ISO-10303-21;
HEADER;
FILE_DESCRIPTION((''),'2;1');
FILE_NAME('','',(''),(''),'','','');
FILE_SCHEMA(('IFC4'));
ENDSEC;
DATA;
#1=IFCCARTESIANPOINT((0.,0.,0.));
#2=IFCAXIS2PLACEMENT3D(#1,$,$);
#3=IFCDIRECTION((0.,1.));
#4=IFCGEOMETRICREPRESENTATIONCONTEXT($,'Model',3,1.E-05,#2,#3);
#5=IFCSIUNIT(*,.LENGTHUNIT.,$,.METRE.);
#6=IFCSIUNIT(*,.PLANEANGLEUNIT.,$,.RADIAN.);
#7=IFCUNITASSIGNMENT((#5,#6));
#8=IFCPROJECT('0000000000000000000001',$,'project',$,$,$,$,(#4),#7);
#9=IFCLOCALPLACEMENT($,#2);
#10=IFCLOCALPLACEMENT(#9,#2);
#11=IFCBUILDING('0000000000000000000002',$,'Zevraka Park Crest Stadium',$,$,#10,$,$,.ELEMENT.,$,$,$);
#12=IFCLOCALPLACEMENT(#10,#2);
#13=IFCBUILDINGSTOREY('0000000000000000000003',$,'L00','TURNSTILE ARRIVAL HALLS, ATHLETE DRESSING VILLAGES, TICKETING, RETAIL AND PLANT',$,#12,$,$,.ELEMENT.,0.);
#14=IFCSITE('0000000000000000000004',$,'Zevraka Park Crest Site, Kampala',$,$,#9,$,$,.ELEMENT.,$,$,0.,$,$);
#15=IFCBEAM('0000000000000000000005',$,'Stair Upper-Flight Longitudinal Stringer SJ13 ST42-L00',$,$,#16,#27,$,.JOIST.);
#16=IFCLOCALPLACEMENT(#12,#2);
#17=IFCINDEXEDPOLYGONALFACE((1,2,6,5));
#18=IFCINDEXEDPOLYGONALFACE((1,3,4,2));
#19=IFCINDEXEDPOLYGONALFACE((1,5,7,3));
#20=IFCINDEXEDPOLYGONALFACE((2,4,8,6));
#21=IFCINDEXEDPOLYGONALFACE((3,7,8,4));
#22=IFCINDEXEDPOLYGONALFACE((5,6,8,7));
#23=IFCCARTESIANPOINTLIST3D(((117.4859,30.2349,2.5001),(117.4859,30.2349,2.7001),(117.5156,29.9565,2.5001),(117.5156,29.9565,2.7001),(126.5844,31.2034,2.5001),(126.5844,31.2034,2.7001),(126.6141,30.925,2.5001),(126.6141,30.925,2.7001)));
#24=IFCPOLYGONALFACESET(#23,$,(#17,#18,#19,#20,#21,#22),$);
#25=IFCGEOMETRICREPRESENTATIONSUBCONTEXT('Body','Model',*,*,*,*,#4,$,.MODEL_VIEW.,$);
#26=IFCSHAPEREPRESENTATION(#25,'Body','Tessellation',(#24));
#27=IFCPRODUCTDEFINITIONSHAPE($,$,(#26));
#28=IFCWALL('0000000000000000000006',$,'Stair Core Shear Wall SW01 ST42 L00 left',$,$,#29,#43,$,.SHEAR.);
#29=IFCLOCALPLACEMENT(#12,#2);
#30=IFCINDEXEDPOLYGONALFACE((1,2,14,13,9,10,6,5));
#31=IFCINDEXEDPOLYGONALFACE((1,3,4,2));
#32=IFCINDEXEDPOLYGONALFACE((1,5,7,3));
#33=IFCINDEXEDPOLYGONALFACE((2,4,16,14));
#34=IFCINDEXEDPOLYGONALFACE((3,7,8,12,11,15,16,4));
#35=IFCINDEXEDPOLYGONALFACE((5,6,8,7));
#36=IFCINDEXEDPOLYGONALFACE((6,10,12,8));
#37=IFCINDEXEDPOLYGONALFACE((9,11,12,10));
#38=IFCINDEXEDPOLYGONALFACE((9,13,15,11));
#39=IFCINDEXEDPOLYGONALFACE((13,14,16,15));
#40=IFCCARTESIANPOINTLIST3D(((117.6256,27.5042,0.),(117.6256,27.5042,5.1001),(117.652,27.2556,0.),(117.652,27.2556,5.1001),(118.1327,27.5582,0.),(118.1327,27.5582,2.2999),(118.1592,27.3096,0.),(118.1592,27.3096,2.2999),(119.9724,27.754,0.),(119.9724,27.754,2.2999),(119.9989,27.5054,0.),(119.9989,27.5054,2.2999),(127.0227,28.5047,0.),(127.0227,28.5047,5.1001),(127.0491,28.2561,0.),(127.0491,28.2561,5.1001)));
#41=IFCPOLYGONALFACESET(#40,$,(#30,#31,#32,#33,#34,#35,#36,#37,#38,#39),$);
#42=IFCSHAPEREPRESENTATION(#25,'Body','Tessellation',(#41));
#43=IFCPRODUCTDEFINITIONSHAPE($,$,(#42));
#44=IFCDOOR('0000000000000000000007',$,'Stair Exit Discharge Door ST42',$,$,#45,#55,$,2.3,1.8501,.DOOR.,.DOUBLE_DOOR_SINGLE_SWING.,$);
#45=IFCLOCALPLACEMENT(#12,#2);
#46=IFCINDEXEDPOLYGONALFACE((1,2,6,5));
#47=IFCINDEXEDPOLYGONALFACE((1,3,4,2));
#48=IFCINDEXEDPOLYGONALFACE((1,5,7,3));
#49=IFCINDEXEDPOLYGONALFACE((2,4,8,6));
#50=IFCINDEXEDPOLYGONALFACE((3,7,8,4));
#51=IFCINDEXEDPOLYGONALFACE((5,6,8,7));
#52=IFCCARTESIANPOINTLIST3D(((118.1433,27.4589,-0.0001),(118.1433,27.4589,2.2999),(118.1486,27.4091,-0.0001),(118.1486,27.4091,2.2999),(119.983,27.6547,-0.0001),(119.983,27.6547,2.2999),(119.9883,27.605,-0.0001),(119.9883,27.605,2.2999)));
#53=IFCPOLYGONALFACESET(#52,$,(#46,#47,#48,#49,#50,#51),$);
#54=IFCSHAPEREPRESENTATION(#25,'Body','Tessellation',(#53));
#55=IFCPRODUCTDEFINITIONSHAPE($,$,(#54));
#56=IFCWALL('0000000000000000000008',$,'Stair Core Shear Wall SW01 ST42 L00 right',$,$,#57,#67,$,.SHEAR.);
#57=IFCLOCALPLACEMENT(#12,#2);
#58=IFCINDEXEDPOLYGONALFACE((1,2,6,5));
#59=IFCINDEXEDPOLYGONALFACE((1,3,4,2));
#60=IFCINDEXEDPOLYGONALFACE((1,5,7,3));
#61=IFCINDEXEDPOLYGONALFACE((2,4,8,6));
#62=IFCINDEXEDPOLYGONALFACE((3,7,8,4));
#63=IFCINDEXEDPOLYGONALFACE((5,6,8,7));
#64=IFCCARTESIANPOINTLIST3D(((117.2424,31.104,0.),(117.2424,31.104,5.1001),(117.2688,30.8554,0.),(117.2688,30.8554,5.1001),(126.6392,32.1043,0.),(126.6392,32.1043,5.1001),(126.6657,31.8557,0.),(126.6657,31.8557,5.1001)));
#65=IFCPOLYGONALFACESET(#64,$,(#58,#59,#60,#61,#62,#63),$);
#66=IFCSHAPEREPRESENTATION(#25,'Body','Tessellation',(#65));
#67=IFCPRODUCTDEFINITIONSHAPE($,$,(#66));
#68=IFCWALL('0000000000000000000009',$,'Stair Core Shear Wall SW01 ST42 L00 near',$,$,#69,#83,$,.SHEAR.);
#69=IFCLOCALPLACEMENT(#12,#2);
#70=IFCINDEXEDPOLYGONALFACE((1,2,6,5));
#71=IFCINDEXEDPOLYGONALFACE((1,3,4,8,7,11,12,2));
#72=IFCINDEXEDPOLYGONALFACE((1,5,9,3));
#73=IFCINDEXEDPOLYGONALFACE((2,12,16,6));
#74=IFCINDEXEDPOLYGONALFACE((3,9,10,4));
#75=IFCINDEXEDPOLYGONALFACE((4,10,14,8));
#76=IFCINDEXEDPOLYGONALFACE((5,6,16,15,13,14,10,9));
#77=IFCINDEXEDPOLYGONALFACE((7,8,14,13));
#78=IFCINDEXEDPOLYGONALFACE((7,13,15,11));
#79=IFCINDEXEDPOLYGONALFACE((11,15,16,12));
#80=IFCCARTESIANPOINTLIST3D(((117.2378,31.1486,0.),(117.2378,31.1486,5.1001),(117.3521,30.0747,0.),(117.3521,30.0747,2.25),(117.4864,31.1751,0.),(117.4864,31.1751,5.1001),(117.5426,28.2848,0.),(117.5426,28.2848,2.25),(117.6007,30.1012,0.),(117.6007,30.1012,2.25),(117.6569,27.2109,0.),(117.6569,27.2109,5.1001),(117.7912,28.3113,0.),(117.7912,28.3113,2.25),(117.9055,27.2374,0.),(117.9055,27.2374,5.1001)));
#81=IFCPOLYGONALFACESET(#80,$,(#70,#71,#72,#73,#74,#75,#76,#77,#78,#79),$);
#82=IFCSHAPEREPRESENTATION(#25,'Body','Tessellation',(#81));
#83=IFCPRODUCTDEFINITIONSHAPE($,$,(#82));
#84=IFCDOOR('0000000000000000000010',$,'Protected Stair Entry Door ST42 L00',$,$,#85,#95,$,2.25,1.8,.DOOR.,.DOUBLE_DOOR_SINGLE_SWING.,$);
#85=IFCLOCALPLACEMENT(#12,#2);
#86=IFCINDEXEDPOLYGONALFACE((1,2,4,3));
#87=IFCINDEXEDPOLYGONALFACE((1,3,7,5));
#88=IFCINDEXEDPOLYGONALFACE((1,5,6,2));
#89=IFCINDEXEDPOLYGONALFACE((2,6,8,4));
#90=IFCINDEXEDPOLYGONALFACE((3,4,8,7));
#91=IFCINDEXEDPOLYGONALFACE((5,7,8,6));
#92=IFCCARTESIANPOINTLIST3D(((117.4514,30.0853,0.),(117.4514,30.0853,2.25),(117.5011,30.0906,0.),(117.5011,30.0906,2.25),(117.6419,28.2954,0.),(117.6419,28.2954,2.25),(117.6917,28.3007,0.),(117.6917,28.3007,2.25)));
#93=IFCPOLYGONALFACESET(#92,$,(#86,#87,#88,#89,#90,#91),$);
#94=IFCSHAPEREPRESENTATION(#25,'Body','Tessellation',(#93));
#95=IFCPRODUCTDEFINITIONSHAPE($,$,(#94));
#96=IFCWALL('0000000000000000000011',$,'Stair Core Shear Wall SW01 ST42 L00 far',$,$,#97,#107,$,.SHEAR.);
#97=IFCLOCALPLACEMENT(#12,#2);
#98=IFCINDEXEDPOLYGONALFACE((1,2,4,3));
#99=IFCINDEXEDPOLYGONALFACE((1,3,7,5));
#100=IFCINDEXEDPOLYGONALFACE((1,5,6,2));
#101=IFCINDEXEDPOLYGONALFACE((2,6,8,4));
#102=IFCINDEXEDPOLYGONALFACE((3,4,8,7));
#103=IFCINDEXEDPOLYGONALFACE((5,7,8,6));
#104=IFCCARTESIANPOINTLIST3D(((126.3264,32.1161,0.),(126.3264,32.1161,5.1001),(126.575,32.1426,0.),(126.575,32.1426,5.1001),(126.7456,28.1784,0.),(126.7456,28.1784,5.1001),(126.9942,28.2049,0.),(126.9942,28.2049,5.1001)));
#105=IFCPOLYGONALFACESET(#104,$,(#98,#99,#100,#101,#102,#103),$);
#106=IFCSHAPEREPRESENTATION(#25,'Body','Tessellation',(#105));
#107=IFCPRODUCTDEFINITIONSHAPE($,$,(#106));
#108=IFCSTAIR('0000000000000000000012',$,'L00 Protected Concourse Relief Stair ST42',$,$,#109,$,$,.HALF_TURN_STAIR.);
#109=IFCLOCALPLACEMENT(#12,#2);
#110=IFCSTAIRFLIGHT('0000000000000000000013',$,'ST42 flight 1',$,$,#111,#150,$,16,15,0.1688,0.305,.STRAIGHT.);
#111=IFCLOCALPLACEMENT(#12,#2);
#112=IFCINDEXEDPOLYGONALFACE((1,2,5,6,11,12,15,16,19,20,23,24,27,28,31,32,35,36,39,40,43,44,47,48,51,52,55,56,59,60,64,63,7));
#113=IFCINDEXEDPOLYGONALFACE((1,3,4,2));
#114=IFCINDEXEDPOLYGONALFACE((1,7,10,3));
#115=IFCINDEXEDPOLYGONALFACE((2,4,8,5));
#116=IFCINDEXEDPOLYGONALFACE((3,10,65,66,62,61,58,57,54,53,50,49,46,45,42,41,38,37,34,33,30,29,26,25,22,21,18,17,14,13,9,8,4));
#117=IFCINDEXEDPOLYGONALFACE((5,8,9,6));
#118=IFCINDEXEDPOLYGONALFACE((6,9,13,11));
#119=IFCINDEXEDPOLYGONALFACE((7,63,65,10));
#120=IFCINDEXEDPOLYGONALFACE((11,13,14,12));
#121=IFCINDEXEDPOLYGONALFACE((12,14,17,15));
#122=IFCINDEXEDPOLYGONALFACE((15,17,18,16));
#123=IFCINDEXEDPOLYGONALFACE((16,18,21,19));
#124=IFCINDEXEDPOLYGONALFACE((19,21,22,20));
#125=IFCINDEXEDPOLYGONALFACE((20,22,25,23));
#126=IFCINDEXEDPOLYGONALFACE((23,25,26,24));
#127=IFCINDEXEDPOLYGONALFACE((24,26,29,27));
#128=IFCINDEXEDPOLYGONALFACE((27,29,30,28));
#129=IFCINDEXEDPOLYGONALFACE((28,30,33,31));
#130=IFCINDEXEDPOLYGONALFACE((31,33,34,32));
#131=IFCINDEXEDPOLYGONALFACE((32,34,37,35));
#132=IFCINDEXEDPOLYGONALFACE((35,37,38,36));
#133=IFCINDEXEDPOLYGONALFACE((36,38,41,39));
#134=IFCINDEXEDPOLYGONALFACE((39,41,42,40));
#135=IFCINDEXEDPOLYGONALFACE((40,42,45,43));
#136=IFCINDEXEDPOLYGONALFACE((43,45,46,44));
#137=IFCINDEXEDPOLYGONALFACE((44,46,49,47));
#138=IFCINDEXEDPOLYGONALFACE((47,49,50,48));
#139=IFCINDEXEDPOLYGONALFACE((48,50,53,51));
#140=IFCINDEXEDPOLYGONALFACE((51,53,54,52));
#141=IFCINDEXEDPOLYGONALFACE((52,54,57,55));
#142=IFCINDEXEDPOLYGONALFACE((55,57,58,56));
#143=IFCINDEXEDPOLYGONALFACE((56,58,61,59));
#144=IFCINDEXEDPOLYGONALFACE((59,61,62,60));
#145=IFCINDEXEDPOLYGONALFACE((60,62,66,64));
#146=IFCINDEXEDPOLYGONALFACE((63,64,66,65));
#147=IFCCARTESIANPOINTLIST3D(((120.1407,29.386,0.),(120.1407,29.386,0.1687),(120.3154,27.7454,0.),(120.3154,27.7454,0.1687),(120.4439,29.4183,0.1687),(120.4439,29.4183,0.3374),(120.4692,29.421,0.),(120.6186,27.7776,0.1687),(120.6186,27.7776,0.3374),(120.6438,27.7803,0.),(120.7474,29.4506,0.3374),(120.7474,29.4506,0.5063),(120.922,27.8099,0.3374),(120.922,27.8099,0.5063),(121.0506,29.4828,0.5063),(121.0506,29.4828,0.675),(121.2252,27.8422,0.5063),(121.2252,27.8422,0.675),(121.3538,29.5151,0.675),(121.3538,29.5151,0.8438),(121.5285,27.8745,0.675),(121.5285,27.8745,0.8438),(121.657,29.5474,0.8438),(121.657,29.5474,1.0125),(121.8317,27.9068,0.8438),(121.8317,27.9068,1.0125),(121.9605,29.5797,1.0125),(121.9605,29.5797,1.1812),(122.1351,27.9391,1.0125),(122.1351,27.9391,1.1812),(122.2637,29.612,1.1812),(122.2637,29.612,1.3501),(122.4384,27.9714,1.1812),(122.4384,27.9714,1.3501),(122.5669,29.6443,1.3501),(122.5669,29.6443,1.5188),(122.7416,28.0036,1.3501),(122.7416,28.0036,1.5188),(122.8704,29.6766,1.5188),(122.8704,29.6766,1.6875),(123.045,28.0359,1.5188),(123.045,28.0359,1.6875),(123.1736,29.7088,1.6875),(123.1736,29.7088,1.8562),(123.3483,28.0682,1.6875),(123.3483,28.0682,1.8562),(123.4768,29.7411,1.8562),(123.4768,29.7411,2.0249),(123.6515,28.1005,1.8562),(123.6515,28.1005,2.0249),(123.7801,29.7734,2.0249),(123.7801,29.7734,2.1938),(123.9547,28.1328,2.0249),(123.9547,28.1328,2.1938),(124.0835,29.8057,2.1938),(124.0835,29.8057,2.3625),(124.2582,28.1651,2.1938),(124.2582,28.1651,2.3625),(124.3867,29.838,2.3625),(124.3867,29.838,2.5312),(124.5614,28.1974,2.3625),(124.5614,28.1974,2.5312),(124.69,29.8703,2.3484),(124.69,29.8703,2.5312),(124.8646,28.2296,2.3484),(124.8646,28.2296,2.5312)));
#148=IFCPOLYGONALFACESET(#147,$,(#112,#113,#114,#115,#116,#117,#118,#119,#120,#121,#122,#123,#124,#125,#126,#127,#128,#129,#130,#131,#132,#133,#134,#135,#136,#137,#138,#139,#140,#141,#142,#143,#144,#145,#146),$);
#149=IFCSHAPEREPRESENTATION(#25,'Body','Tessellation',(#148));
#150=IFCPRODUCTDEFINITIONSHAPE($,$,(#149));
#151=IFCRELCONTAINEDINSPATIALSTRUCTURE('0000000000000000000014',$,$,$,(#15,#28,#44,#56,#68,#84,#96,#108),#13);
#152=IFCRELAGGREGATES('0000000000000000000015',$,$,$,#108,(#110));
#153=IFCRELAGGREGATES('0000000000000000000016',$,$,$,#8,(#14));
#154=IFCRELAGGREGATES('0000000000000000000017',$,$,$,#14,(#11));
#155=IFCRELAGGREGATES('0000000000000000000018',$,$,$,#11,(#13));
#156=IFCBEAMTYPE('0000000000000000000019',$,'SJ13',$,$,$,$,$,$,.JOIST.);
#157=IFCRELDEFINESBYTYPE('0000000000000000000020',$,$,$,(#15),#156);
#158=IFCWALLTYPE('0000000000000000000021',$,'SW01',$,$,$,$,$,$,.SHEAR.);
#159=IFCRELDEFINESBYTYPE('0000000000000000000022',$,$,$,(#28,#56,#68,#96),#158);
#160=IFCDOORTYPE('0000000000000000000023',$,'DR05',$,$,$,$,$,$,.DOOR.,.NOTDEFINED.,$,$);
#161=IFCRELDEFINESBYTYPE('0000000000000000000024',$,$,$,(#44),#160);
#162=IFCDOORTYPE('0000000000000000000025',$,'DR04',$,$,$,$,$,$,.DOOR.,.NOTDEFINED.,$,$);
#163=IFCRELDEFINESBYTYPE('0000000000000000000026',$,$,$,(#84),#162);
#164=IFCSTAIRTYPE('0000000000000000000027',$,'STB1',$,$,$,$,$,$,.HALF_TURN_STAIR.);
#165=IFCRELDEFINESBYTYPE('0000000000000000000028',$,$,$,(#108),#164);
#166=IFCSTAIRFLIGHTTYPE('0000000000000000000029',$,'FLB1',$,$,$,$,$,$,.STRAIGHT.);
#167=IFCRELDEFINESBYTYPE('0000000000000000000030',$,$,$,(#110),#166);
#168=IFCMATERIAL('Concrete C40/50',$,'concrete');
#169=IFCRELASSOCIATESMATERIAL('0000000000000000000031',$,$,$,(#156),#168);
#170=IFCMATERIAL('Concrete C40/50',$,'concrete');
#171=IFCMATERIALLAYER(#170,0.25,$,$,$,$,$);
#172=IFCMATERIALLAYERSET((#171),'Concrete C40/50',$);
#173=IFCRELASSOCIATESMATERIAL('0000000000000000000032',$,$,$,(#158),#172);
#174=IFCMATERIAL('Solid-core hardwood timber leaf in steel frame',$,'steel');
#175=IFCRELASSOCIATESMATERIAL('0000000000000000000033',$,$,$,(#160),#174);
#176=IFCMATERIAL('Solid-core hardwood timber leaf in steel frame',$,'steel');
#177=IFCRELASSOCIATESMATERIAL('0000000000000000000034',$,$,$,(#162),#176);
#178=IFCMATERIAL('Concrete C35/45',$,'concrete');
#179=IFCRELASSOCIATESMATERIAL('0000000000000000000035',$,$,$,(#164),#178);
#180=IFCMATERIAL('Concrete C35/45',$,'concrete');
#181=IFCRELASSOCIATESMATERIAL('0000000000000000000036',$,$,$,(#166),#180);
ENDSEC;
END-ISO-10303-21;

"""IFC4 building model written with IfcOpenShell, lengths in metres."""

from ifc_helpers import new_model, si_unit, direction, frame, frame_2d, origin, origin_2d, place, context, subcontext, project, spatial, polyline, rectangle, outline, extrude, material, layer, layer_set, material_profile, profile_set, type_object, element, fill, aggregate, save


model = new_model("IFC4")

# Units and contexts
model_context = context("Model", 3, precision=1e-05, world=origin(), true_north=direction((0.0, 1.0)))
body_context = subcontext(model_context, "Body", "Model", "MODEL_VIEW")
ifc_project = project(units=[si_unit("LENGTHUNIT", "METRE"), si_unit("PLANEANGLEUNIT", "RADIAN")], contexts=[model_context])

# Site, building, storey
site_placement = place(None, origin())
site = spatial("IfcSite", under=ifc_project, at=site_placement, Name="Zevraka Park Crest Site, Kampala", CompositionType="ELEMENT", RefElevation=0.0)
building_placement = place(site_placement, origin())
building = spatial("IfcBuilding", under=site, at=building_placement, Name="Zevraka Park Crest Stadium", CompositionType="ELEMENT")
storey_placement = place(building_placement, origin())
storey = spatial("IfcBuildingStorey", under=building, at=storey_placement, Name="L00", Description="TURNSTILE ARRIVAL HALLS, ATHLETE DRESSING VILLAGES, TICKETING, RETAIL AND PLANT", CompositionType="ELEMENT", Elevation=0.0)

# Beam
ifc_material_1 = material(Name="Concrete C40/50", Category="concrete")
ifc_material_profile_1 = material_profile(ifc_material_1, rectangle(XDim=0.28, YDim=0.2, at=origin_2d()), Name="RC 200x280")
ifc_profile_set_1 = profile_set([ifc_material_profile_1], Name="Concrete C40/50")
beam_type_1 = type_object("IfcBeamType", Name="SJ13", PredefinedType="JOIST", material=ifc_profile_set_1)
beam_1_placement = place(storey_placement, frame((117.5007, 30.0957, 2.6001), z_axis=(0.994382, 0.10585, 0.0), x_axis=(-0.10585, 0.994382, 0.0)))
element("IfcBeam", 1, at=beam_1_placement, inside=storey, type_object=beam_type_1, Name="Stair Upper-Flight Longitudinal Stringer SJ13 ST42-L00", PredefinedType="JOIST", context=body_context, shape_type="SweptSolid", body=[
    extrude(rectangle(XDim=0.28, YDim=0.2, at=origin_2d()), origin(), (0.0, 0.0, 1.0), 9.1499),
])

# Wall, opening, door
ifc_material_2 = material(Name="Concrete C40/50", Category="concrete")
ifc_layer = layer(ifc_material_2, 0.25)
ifc_layer_set = layer_set([ifc_layer], Name="Concrete C40/50")
wall_type = type_object("IfcWallType", Name="SW01", PredefinedType="SHEAR", material=ifc_layer_set)
wall_1_placement = place(storey_placement, frame((127.0359, 28.3804, 0.0), z_axis=(0.0, 0.0, 1.0), x_axis=(-0.99438, -0.105871, 0.0)))
wall_1 = element("IfcWall", 2, at=wall_1_placement, inside=storey, type_object=wall_type, Name="Stair Core Shear Wall SW01 ST42 L00 left", PredefinedType="SHEAR", context=body_context, shape_type="SweptSolid", body=[
    extrude(rectangle(XDim=9.4502, YDim=0.25, at=frame_2d((4.7251, 0.0))), origin(), (0.0, 0.0, 1.0), 5.1001),
])
opening_1_placement = place(wall_1_placement, frame((7.0901, 0.0, 0.0)))
opening_1 = element("IfcOpeningElement", 3, at=opening_1_placement, cuts=wall_1, PredefinedType="OPENING", context=body_context, shape_type="SweptSolid", body=[
    extrude(rectangle(XDim=1.8501, YDim=2.3, at=frame_2d((0.925, 1.1499))), frame((0.0, 0.135, 0.0), z_axis=(0.0, -1.0, 0.0), x_axis=(1.0, 0.0, 0.0)), (0.0, 0.0, 1.0), 0.27),
])
ifc_material_3 = material(Name="Solid-core hardwood timber leaf in steel frame", Category="steel")
door_type_1 = type_object("IfcDoorType", Name="DR05", OperationType="NOTDEFINED", PredefinedType="DOOR", material=ifc_material_3)
door_1_placement = place(opening_1_placement, origin())
door_1 = element("IfcDoor", 4, at=door_1_placement, inside=storey, type_object=door_type_1, Name="Stair Exit Discharge Door ST42", OperationType="DOUBLE_DOOR_SINGLE_SWING", OverallHeight=2.3, OverallWidth=1.8501, PredefinedType="DOOR", context=body_context, shape_type="SweptSolid", body=[
    extrude(rectangle(XDim=1.8501, YDim=2.3, at=frame_2d((0.925, 1.1499))), frame((0.0, 0.0249, 0.0), z_axis=(0.0, -1.0, 0.0), x_axis=(1.0, 0.0, 0.0)), (0.0, 0.0, 1.0), 0.05),
])
fill(opening_1, door_1)

# Wall
wall_2_placement = place(storey_placement, frame((126.6526, 31.98, 0.0), z_axis=(0.0, 0.0, 1.0), x_axis=(-0.994383, -0.105845, 0.0)))
element("IfcWall", 5, at=wall_2_placement, inside=storey, type_object=wall_type, Name="Stair Core Shear Wall SW01 ST42 L00 right", PredefinedType="SHEAR", context=body_context, shape_type="SweptSolid", body=[
    extrude(rectangle(XDim=9.45, YDim=0.25, at=frame_2d((4.7251, 0.0))), origin(), (0.0, 0.0, 1.0), 5.1001),
])

# Wall, opening, door
wall_3_placement = place(storey_placement, frame((117.3621, 31.1619, 0.0), z_axis=(0.0, 0.0, 1.0), x_axis=(0.105856, -0.994381, 0.0)))
wall_3 = element("IfcWall", 6, at=wall_3_placement, inside=storey, type_object=wall_type, Name="Stair Core Shear Wall SW01 ST42 L00 near", PredefinedType="SHEAR", context=body_context, shape_type="SweptSolid", body=[
    extrude(rectangle(XDim=3.96, YDim=0.25, at=frame_2d((1.98, 0.0))), origin(), (0.0, 0.0, 1.0), 5.1001),
])
opening_2_placement = place(wall_3_placement, frame((1.0801, 0.0, 0.0)))
opening_2 = element("IfcOpeningElement", 7, at=opening_2_placement, cuts=wall_3, PredefinedType="OPENING", context=body_context, shape_type="SweptSolid", body=[
    extrude(rectangle(XDim=1.8, YDim=2.25, at=frame_2d((0.8999, 1.125))), frame((0.0, 0.135, 0.0), z_axis=(0.0, -1.0, 0.0), x_axis=(1.0, 0.0, 0.0)), (0.0, 0.0, 1.0), 0.27),
])
ifc_material_4 = material(Name="Solid-core hardwood timber leaf in steel frame", Category="steel")
door_type_2 = type_object("IfcDoorType", Name="DR04", OperationType="NOTDEFINED", PredefinedType="DOOR", material=ifc_material_4)
door_2_placement = place(opening_2_placement, origin())
door_2 = element("IfcDoor", 8, at=door_2_placement, inside=storey, type_object=door_type_2, Name="Protected Stair Entry Door ST42 L00", OperationType="DOUBLE_DOOR_SINGLE_SWING", OverallHeight=2.25, OverallWidth=1.8, PredefinedType="DOOR", context=body_context, shape_type="SweptSolid", body=[
    extrude(rectangle(XDim=1.8, YDim=2.25, at=frame_2d((0.8999, 1.125))), frame((0.0, 0.0249, 0.0), z_axis=(0.0, -1.0, 0.0), x_axis=(1.0, 0.0, 0.0)), (0.0, 0.0, 1.0), 0.05),
])
fill(opening_2, door_2)

# Wall
wall_4_placement = place(storey_placement, frame((126.8699, 28.1917, 0.0), z_axis=(0.0, 0.0, 1.0), x_axis=(-0.105856, 0.994381, 0.0)))
element("IfcWall", 9, at=wall_4_placement, inside=storey, type_object=wall_type, Name="Stair Core Shear Wall SW01 ST42 L00 far", PredefinedType="SHEAR", context=body_context, shape_type="SweptSolid", body=[
    extrude(rectangle(XDim=3.96, YDim=0.25, at=frame_2d((1.98, 0.0))), origin(), (0.0, 0.0, 1.0), 5.1001),
])

# Stair, stair flight
ifc_material_5 = material(Name="Concrete C35/45", Category="concrete")
stair_type = type_object("IfcStairType", Name="STB1", PredefinedType="HALF_TURN_STAIR", material=ifc_material_5)
stair_placement = place(storey_placement, origin())
stair = element("IfcStair", 10, at=stair_placement, inside=storey, type_object=stair_type, Name="L00 Protected Concourse Relief Stair ST42", PredefinedType="HALF_TURN_STAIR")
ifc_material_6 = material(Name="Concrete C35/45", Category="concrete")
stair_flight_type = type_object("IfcStairFlightType", Name="FLB1", PredefinedType="STRAIGHT", material=ifc_material_6)
stair_flight_1_placement = place(storey_placement, frame((120.228, 28.5657, 0.0), z_axis=(0.0, 0.0, 1.0), x_axis=(0.994382, 0.105853, 0.0)))
stair_flight_1 = element("IfcStairFlight", 11, at=stair_flight_1_placement, type_object=stair_flight_type, Name="ST42 flight 1", NumberOfRisers=16, NumberOfTreads=15, PredefinedType="STRAIGHT", RiserHeight=0.1688, TreadLength=0.305, context=body_context, shape_type="SweptSolid", body=[
    extrude(outline(polyline([(0.0, 0.0), (0.0, 0.1687), (0.3049, 0.1687), (0.3049, 0.3374), (0.6101, 0.3374), (0.6101, 0.5063), (0.915, 0.5063), (0.915, 0.675), (1.22, 0.675), (1.22, 0.8438), (1.5249, 0.8438), (1.5249, 1.0125), (1.8301, 1.0125), (1.8301, 1.1812), (2.135, 1.1812), (2.135, 1.3501), (2.4399, 1.3501), (2.4399, 1.5188), (2.7451, 1.5188), (2.7451, 1.6875), (3.05, 1.6875), (3.05, 1.8562), (3.355, 1.8562), (3.355, 2.0249), (3.6599, 2.0249), (3.6599, 2.1938), (3.9651, 2.1938), (3.9651, 2.3625), (4.27, 2.3625), (4.27, 2.5312), (4.575, 2.5312), (4.575, 2.7), (4.575, 2.3484), (0.3303, 0.0), (0.0, 0.0)])), frame((0.0, 0.825, 0.0), z_axis=(0.0, -1.0, 0.0), x_axis=(1.0, 0.0, 0.0)), (0.0, 0.0, 1.0), 1.6499),
])
aggregate(stair, [stair_flight_1])

save(model, "model.ifc")
